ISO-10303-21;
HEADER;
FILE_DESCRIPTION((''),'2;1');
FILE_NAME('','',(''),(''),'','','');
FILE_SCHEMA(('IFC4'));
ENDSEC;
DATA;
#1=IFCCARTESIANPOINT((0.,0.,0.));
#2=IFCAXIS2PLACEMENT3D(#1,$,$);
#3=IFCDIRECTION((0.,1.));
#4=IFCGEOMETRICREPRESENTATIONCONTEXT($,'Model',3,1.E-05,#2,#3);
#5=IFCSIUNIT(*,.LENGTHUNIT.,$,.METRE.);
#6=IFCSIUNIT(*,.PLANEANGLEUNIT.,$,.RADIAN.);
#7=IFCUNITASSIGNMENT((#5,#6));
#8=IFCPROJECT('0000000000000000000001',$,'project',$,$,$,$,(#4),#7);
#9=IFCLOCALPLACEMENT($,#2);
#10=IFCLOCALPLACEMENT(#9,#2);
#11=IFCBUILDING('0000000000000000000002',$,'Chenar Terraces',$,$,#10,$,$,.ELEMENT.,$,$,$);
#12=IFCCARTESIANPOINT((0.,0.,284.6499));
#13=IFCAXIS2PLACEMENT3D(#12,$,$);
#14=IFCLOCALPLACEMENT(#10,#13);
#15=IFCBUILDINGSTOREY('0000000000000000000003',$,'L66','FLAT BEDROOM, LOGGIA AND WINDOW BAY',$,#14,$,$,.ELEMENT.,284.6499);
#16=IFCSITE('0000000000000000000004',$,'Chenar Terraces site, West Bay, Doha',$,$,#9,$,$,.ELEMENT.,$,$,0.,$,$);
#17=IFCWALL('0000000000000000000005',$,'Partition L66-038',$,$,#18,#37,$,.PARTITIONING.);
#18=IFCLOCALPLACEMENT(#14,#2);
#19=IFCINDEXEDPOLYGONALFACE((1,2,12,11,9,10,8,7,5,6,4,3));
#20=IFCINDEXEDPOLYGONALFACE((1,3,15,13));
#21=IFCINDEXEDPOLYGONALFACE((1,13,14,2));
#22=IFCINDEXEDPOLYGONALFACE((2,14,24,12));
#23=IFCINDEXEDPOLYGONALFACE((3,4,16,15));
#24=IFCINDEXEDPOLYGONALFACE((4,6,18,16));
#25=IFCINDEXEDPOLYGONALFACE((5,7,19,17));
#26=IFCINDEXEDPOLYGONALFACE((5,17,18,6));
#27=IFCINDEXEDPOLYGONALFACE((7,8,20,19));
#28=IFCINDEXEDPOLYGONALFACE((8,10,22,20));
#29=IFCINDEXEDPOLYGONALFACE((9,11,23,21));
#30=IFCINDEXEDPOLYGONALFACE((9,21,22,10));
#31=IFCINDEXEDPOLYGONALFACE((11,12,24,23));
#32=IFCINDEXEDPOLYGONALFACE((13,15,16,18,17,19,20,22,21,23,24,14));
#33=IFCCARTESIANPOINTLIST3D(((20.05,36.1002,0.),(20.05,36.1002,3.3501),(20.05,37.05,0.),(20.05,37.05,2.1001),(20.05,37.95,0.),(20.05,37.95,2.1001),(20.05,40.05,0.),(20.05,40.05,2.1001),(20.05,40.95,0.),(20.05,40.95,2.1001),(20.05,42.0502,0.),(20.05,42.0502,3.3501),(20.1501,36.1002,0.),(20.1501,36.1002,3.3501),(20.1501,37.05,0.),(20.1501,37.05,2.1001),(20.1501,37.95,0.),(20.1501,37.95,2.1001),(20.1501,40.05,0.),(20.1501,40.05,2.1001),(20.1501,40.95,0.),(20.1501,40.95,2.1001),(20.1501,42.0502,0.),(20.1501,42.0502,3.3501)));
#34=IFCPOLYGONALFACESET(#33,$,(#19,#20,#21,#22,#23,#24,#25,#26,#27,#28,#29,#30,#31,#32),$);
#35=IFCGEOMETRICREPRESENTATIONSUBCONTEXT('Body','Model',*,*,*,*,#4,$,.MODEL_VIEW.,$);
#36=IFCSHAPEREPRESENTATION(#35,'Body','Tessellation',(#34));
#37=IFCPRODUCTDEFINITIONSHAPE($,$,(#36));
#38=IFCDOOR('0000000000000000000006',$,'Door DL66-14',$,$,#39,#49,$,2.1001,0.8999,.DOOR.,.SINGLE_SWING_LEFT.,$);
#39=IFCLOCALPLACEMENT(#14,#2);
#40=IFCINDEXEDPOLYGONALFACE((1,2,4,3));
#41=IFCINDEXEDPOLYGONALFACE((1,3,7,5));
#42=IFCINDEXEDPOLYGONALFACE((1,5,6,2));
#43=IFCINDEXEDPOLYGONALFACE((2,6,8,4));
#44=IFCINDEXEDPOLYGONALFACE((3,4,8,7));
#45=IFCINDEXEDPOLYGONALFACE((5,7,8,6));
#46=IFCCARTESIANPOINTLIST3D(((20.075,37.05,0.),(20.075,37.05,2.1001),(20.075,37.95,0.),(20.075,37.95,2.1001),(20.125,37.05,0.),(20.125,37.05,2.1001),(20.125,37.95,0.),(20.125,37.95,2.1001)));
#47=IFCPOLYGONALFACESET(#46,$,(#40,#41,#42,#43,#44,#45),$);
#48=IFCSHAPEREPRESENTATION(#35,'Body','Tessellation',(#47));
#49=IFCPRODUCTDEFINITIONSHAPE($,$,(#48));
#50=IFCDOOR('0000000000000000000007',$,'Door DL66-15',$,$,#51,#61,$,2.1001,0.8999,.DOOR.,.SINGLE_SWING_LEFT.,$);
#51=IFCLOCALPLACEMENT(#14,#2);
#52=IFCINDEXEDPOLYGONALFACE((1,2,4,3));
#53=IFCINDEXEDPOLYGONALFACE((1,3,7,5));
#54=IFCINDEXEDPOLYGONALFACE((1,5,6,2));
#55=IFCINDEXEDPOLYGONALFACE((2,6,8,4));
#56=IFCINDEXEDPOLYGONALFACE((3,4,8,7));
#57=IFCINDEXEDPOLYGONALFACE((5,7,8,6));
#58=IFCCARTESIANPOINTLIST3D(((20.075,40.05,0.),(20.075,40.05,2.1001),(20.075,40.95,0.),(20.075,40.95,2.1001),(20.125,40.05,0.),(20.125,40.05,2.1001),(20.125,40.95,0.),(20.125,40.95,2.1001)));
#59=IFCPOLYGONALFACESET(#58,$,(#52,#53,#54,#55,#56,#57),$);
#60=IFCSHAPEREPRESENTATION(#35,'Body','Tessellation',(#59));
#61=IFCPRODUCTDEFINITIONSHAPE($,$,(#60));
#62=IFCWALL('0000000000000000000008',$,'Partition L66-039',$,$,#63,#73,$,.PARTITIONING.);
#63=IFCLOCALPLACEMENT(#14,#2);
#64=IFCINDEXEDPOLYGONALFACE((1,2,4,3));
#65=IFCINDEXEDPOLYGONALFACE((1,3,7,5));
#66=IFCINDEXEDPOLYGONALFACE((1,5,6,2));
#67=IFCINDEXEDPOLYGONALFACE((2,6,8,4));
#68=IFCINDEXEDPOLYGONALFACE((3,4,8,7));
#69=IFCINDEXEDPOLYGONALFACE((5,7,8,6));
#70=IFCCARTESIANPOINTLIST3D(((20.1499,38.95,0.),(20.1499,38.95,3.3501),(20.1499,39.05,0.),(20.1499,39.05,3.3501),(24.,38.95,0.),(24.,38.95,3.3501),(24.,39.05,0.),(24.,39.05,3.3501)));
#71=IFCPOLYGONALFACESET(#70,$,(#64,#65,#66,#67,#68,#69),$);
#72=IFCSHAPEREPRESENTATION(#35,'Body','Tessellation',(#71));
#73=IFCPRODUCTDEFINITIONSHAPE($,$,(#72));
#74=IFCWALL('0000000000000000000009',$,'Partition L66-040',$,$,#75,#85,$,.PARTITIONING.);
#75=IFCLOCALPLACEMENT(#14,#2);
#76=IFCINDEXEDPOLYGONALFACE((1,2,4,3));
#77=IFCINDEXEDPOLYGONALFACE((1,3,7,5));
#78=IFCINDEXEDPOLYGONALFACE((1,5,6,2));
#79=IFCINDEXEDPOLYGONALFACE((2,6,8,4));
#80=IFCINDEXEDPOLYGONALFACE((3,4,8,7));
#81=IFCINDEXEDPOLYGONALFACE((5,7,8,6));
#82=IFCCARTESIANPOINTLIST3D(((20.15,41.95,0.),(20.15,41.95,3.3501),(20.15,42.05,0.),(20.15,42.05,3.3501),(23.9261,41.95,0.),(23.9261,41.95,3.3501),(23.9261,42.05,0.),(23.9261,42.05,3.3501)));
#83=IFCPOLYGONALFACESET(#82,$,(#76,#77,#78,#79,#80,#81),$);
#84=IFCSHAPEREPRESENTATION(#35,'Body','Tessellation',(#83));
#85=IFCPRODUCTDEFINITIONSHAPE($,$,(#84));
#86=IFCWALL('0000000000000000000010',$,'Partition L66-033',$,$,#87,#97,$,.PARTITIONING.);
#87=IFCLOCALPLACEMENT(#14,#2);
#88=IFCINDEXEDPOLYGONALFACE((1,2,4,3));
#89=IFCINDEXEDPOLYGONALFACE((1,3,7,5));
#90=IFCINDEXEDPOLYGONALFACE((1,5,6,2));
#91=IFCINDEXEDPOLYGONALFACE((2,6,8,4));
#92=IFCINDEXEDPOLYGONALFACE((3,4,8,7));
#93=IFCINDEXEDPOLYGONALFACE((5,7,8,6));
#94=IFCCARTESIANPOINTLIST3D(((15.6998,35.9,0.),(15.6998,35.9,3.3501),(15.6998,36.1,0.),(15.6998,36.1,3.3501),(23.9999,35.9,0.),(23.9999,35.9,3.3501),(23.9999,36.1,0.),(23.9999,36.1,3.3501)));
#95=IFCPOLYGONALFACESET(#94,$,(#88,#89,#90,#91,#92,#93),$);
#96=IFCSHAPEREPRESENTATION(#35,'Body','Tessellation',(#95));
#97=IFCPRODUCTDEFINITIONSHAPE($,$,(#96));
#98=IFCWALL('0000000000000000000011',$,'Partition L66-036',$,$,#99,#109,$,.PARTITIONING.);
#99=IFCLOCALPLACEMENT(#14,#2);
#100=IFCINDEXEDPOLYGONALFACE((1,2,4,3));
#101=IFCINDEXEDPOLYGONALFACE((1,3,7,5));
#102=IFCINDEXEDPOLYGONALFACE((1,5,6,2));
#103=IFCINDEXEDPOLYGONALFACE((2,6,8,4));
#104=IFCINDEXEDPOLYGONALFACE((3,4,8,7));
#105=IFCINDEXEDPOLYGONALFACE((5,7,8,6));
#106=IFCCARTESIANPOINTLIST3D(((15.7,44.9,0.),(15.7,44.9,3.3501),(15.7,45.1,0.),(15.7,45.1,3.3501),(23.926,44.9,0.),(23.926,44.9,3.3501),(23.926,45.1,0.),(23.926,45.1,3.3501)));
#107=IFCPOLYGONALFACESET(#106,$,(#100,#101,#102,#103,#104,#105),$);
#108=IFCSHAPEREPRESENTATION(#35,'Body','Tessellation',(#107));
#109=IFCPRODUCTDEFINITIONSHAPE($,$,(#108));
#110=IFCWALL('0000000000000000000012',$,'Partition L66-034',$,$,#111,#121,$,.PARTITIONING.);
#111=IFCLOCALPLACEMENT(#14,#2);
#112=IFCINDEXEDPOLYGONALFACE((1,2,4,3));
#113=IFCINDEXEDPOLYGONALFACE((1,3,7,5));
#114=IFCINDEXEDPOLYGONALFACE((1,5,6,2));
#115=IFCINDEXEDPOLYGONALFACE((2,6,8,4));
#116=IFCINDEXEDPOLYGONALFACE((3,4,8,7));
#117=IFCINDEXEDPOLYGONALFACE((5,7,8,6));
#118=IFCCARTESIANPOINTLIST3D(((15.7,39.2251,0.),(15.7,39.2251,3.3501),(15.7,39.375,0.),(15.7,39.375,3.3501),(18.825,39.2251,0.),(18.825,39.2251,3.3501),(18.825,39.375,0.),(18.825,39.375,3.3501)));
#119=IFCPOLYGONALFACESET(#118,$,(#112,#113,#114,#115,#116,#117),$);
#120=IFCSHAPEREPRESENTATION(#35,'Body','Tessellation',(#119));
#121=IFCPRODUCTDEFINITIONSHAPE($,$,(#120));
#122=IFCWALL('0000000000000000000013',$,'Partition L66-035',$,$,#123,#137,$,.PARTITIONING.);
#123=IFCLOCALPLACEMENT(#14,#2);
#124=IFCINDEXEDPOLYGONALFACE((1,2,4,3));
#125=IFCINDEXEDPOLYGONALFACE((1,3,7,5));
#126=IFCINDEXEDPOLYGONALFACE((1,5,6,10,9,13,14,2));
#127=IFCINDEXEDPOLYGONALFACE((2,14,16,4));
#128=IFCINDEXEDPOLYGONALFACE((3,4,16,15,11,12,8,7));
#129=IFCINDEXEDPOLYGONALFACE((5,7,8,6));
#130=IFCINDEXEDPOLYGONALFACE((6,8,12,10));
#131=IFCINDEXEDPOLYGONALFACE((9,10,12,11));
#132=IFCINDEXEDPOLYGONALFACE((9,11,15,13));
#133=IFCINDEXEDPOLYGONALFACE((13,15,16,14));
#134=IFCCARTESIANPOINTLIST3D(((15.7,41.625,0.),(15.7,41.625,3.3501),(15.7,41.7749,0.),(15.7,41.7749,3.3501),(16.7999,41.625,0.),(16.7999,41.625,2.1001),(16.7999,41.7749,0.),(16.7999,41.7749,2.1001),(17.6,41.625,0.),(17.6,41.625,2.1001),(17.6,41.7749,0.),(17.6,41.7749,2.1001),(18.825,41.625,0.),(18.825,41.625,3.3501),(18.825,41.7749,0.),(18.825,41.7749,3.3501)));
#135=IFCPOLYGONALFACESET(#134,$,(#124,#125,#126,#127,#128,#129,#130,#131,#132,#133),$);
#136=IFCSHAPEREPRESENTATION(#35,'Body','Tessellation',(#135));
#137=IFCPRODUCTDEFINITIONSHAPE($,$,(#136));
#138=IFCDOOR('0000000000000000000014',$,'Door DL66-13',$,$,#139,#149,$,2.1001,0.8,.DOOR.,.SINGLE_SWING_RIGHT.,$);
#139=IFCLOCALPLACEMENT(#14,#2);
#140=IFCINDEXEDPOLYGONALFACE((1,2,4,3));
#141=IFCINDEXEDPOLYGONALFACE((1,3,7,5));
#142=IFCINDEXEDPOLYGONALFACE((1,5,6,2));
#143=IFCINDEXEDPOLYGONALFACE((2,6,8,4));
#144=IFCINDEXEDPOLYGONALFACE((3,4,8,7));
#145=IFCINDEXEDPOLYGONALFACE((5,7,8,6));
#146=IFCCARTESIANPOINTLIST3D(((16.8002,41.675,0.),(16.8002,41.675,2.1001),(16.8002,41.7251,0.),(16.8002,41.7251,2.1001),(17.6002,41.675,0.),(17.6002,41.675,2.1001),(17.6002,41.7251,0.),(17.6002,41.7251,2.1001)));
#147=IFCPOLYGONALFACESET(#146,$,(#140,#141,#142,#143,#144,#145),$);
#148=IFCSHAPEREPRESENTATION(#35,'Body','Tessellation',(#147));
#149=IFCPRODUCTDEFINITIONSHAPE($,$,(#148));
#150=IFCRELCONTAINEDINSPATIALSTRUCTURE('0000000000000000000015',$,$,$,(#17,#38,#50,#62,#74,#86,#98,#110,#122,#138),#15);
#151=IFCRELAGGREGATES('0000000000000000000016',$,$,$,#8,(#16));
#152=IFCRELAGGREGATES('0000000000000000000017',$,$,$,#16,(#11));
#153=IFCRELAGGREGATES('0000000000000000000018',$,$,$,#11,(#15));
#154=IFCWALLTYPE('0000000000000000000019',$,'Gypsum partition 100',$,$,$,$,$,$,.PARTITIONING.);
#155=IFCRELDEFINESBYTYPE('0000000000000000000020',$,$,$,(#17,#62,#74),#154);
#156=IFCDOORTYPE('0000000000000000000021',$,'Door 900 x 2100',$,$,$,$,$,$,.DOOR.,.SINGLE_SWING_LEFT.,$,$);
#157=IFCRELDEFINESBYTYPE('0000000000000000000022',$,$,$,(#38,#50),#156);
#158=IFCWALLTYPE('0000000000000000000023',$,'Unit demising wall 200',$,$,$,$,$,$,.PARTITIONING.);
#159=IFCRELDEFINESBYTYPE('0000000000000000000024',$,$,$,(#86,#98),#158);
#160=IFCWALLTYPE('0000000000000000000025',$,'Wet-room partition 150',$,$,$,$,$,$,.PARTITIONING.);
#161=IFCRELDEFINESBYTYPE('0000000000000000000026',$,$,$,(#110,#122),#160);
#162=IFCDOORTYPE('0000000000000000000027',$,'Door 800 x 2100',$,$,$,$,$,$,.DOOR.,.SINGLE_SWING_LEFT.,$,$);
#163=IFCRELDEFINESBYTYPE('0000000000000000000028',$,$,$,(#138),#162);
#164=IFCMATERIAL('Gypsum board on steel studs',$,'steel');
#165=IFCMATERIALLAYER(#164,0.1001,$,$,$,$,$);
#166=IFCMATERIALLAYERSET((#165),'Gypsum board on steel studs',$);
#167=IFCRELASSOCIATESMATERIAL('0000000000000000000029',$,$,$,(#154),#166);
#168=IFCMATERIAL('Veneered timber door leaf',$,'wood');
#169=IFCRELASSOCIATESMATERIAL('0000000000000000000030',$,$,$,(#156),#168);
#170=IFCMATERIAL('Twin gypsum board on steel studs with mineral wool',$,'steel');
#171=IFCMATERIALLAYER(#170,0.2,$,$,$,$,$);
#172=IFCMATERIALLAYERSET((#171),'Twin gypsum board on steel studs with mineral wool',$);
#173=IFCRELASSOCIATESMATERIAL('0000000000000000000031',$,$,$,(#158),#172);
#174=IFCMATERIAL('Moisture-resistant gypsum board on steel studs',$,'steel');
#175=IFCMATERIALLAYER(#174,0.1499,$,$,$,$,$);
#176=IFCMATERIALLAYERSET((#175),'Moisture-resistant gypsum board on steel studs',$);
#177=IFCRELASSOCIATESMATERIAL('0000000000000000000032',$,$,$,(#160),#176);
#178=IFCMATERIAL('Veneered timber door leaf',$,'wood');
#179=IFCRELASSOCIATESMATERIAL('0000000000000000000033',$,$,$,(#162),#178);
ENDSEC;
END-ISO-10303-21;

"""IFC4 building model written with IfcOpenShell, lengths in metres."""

from ifc_helpers import new_model, si_unit, direction, frame, frame_2d, origin, place, context, subcontext, project, spatial, rectangle, extrude, material, layer, layer_set, type_object, element, fill, save


model = new_model("IFC4")

# Units and contexts
model_context = context("Model", 3, precision=1e-05, world=origin(), true_north=direction((0.0, 1.0)))
body_context = subcontext(model_context, "Body", "Model", "MODEL_VIEW")
ifc_project = project(units=[si_unit("LENGTHUNIT", "METRE"), si_unit("PLANEANGLEUNIT", "RADIAN")], contexts=[model_context])

# Site, building, storey
site_placement = place(None, origin())
site = spatial("IfcSite", under=ifc_project, at=site_placement, Name="Chenar Terraces site, West Bay, Doha", CompositionType="ELEMENT", RefElevation=0.0)
building_placement = place(site_placement, origin())
building = spatial("IfcBuilding", under=site, at=building_placement, Name="Chenar Terraces", CompositionType="ELEMENT")
storey_placement = place(building_placement, frame((0.0, 0.0, 284.6499)))
storey = spatial("IfcBuildingStorey", under=building, at=storey_placement, Name="L66", Description="FLAT BEDROOM, LOGGIA AND WINDOW BAY", CompositionType="ELEMENT", Elevation=284.6499)

# Shared definitions
ifc_material_1 = material(Name="Gypsum board on steel studs", Category="steel")
ifc_layer_1 = layer(ifc_material_1, 0.1001)
ifc_layer_set_1 = layer_set([ifc_layer_1], Name="Gypsum board on steel studs")
wall_type_1 = type_object("IfcWallType", Name="Gypsum partition 100", PredefinedType="PARTITIONING", material=ifc_layer_set_1)

# Wall, openings, doors
wall_1_placement = place(storey_placement, frame((20.1001, 36.1001, 0.0), z_axis=(0.0, 0.0, 1.0), x_axis=(0.0, 1.0, 0.0)))
wall_1 = element("IfcWall", 1, at=wall_1_placement, inside=storey, type_object=wall_type_1, Name="Partition L66-038", PredefinedType="PARTITIONING", context=body_context, shape_type="SweptSolid", body=[
    extrude(rectangle(XDim=5.95, YDim=0.1001, at=frame_2d((2.9751, 0.0))), origin(), (0.0, 0.0, 1.0), 3.3501),
])
opening_1_placement = place(wall_1_placement, frame((0.95, 0.0, 0.0)))
opening_1 = element("IfcOpeningElement", 2, at=opening_1_placement, cuts=wall_1, PredefinedType="OPENING", context=body_context, shape_type="SweptSolid", body=[
    extrude(rectangle(XDim=0.8999, YDim=2.1001, at=frame_2d((0.45, 1.05))), frame((0.0, 0.0601, 0.0), z_axis=(0.0, -1.0, 0.0), x_axis=(1.0, 0.0, 0.0)), (0.0, 0.0, 1.0), 0.1201),
])
opening_2_placement = place(wall_1_placement, frame((3.95, 0.0, 0.0)))
opening_2 = element("IfcOpeningElement", 3, at=opening_2_placement, cuts=wall_1, PredefinedType="OPENING", context=body_context, shape_type="SweptSolid", body=[
    extrude(rectangle(XDim=0.8999, YDim=2.1001, at=frame_2d((0.45, 1.05))), frame((0.0, 0.0601, 0.0), z_axis=(0.0, -1.0, 0.0), x_axis=(1.0, 0.0, 0.0)), (0.0, 0.0, 1.0), 0.1201),
])
ifc_material_2 = material(Name="Veneered timber door leaf", Category="wood")
door_type_1 = type_object("IfcDoorType", Name="Door 900 x 2100", OperationType="SINGLE_SWING_LEFT", PredefinedType="DOOR", material=ifc_material_2)
door_1_placement = place(opening_1_placement, frame((0.8999, 0.0, 0.0), z_axis=(0.0, 0.0, 1.0), x_axis=(-1.0, 0.0, 0.0)))
door_1 = element("IfcDoor", 4, at=door_1_placement, inside=storey, type_object=door_type_1, Name="Door DL66-14", OperationType="SINGLE_SWING_LEFT", OverallHeight=2.1001, OverallWidth=0.8999, PredefinedType="DOOR", context=body_context, shape_type="SweptSolid", body=[
    extrude(rectangle(XDim=0.8999, YDim=2.1001, at=frame_2d((0.45, 1.05))), frame((0.0, 0.0249, 0.0), z_axis=(0.0, -1.0, 0.0), x_axis=(1.0, 0.0, 0.0)), (0.0, 0.0, 1.0), 0.05),
])
fill(opening_1, door_1)
door_2_placement = place(opening_2_placement, frame((0.8999, 0.0, 0.0), z_axis=(0.0, 0.0, 1.0), x_axis=(-1.0, 0.0, 0.0)))
door_2 = element("IfcDoor", 5, at=door_2_placement, inside=storey, type_object=door_type_1, Name="Door DL66-15", OperationType="SINGLE_SWING_LEFT", OverallHeight=2.1001, OverallWidth=0.8999, PredefinedType="DOOR", context=body_context, shape_type="SweptSolid", body=[
    extrude(rectangle(XDim=0.8999, YDim=2.1001, at=frame_2d((0.45, 1.05))), frame((0.0, 0.0249, 0.0), z_axis=(0.0, -1.0, 0.0), x_axis=(1.0, 0.0, 0.0)), (0.0, 0.0, 1.0), 0.05),
])
fill(opening_2, door_2)

# Walls
wall_2_placement = place(storey_placement, frame((20.1499, 39.0, 0.0), z_axis=(0.0, 0.0, 1.0), x_axis=(1.0, 0.0, 0.0)))
element("IfcWall", 6, at=wall_2_placement, inside=storey, type_object=wall_type_1, Name="Partition L66-039", PredefinedType="PARTITIONING", context=body_context, shape_type="SweptSolid", body=[
    extrude(rectangle(XDim=3.8501, YDim=0.1001, at=frame_2d((1.925, 0.0))), origin(), (0.0, 0.0, 1.0), 3.3501),
])
wall_3_placement = place(storey_placement, frame((20.1499, 42.0, 0.0), z_axis=(0.0, 0.0, 1.0), x_axis=(1.0, 0.0, 0.0)))
element("IfcWall", 7, at=wall_3_placement, inside=storey, type_object=wall_type_1, Name="Partition L66-040", PredefinedType="PARTITIONING", context=body_context, shape_type="SweptSolid", body=[
    extrude(rectangle(XDim=3.7761, YDim=0.1001, at=frame_2d((1.8882, 0.0))), origin(), (0.0, 0.0, 1.0), 3.3501),
])
ifc_material_3 = material(Name="Twin gypsum board on steel studs with mineral wool", Category="steel")
ifc_layer_2 = layer(ifc_material_3, 0.2)
ifc_layer_set_2 = layer_set([ifc_layer_2], Name="Twin gypsum board on steel studs with mineral wool")
wall_type_2 = type_object("IfcWallType", Name="Unit demising wall 200", PredefinedType="PARTITIONING", material=ifc_layer_set_2)
wall_4_placement = place(storey_placement, frame((15.7, 36.0, 0.0), z_axis=(0.0, 0.0, 1.0), x_axis=(1.0, 0.0, 0.0)))
element("IfcWall", 8, at=wall_4_placement, inside=storey, type_object=wall_type_2, Name="Partition L66-033", PredefinedType="PARTITIONING", context=body_context, shape_type="SweptSolid", body=[
    extrude(rectangle(XDim=8.3, YDim=0.2, at=frame_2d((4.1499, 0.0))), origin(), (0.0, 0.0, 1.0), 3.3501),
])
wall_5_placement = place(storey_placement, frame((15.7, 45.0, 0.0), z_axis=(0.0, 0.0, 1.0), x_axis=(1.0, 0.0, 0.0)))
element("IfcWall", 9, at=wall_5_placement, inside=storey, type_object=wall_type_2, Name="Partition L66-036", PredefinedType="PARTITIONING", context=body_context, shape_type="SweptSolid", body=[
    extrude(rectangle(XDim=8.2261, YDim=0.2, at=frame_2d((4.113, 0.0))), origin(), (0.0, 0.0, 1.0), 3.3501),
])
ifc_material_4 = material(Name="Moisture-resistant gypsum board on steel studs", Category="steel")
ifc_layer_3 = layer(ifc_material_4, 0.1499)
ifc_layer_set_3 = layer_set([ifc_layer_3], Name="Moisture-resistant gypsum board on steel studs")
wall_type_3 = type_object("IfcWallType", Name="Wet-room partition 150", PredefinedType="PARTITIONING", material=ifc_layer_set_3)
wall_6_placement = place(storey_placement, frame((15.7, 39.3, 0.0), z_axis=(0.0, 0.0, 1.0), x_axis=(1.0, 0.0, 0.0)))
element("IfcWall", 10, at=wall_6_placement, inside=storey, type_object=wall_type_3, Name="Partition L66-034", PredefinedType="PARTITIONING", context=body_context, shape_type="SweptSolid", body=[
    extrude(rectangle(XDim=3.125, YDim=0.1499, at=frame_2d((1.5625, 0.0))), origin(), (0.0, 0.0, 1.0), 3.3501),
])

# Wall, opening, door
wall_7_placement = place(storey_placement, frame((15.7, 41.7, 0.0), z_axis=(0.0, 0.0, 1.0), x_axis=(1.0, 0.0, 0.0)))
wall_7 = element("IfcWall", 11, at=wall_7_placement, inside=storey, type_object=wall_type_3, Name="Partition L66-035", PredefinedType="PARTITIONING", context=body_context, shape_type="SweptSolid", body=[
    extrude(rectangle(XDim=3.125, YDim=0.1499, at=frame_2d((1.5625, 0.0))), origin(), (0.0, 0.0, 1.0), 3.3501),
])
opening_3_placement = place(wall_7_placement, frame((1.1001, 0.0, 0.0)))
opening_3 = element("IfcOpeningElement", 12, at=opening_3_placement, cuts=wall_7, PredefinedType="OPENING", context=body_context, shape_type="SweptSolid", body=[
    extrude(rectangle(XDim=0.8, YDim=2.1001, at=frame_2d((0.3999, 1.05))), frame((0.0, 0.085, 0.0), z_axis=(0.0, -1.0, 0.0), x_axis=(1.0, 0.0, 0.0)), (0.0, 0.0, 1.0), 0.1699),
])
ifc_material_5 = material(Name="Veneered timber door leaf", Category="wood")
door_type_2 = type_object("IfcDoorType", Name="Door 800 x 2100", OperationType="SINGLE_SWING_LEFT", PredefinedType="DOOR", material=ifc_material_5)
door_3_placement = place(opening_3_placement, frame((0.8, 0.0, 0.0), z_axis=(0.0, 0.0, 1.0), x_axis=(-1.0, 0.0, 0.0)))
door_3 = element("IfcDoor", 13, at=door_3_placement, inside=storey, type_object=door_type_2, Name="Door DL66-13", OperationType="SINGLE_SWING_RIGHT", OverallHeight=2.1001, OverallWidth=0.8, PredefinedType="DOOR", context=body_context, shape_type="SweptSolid", body=[
    extrude(rectangle(XDim=0.8, YDim=2.1001, at=frame_2d((0.3999, 1.05))), frame((0.0, 0.0249, 0.0), z_axis=(0.0, -1.0, 0.0), x_axis=(1.0, 0.0, 0.0)), (0.0, 0.0, 1.0), 0.05),
])
fill(opening_3, door_3)

save(model, "model.ifc")
